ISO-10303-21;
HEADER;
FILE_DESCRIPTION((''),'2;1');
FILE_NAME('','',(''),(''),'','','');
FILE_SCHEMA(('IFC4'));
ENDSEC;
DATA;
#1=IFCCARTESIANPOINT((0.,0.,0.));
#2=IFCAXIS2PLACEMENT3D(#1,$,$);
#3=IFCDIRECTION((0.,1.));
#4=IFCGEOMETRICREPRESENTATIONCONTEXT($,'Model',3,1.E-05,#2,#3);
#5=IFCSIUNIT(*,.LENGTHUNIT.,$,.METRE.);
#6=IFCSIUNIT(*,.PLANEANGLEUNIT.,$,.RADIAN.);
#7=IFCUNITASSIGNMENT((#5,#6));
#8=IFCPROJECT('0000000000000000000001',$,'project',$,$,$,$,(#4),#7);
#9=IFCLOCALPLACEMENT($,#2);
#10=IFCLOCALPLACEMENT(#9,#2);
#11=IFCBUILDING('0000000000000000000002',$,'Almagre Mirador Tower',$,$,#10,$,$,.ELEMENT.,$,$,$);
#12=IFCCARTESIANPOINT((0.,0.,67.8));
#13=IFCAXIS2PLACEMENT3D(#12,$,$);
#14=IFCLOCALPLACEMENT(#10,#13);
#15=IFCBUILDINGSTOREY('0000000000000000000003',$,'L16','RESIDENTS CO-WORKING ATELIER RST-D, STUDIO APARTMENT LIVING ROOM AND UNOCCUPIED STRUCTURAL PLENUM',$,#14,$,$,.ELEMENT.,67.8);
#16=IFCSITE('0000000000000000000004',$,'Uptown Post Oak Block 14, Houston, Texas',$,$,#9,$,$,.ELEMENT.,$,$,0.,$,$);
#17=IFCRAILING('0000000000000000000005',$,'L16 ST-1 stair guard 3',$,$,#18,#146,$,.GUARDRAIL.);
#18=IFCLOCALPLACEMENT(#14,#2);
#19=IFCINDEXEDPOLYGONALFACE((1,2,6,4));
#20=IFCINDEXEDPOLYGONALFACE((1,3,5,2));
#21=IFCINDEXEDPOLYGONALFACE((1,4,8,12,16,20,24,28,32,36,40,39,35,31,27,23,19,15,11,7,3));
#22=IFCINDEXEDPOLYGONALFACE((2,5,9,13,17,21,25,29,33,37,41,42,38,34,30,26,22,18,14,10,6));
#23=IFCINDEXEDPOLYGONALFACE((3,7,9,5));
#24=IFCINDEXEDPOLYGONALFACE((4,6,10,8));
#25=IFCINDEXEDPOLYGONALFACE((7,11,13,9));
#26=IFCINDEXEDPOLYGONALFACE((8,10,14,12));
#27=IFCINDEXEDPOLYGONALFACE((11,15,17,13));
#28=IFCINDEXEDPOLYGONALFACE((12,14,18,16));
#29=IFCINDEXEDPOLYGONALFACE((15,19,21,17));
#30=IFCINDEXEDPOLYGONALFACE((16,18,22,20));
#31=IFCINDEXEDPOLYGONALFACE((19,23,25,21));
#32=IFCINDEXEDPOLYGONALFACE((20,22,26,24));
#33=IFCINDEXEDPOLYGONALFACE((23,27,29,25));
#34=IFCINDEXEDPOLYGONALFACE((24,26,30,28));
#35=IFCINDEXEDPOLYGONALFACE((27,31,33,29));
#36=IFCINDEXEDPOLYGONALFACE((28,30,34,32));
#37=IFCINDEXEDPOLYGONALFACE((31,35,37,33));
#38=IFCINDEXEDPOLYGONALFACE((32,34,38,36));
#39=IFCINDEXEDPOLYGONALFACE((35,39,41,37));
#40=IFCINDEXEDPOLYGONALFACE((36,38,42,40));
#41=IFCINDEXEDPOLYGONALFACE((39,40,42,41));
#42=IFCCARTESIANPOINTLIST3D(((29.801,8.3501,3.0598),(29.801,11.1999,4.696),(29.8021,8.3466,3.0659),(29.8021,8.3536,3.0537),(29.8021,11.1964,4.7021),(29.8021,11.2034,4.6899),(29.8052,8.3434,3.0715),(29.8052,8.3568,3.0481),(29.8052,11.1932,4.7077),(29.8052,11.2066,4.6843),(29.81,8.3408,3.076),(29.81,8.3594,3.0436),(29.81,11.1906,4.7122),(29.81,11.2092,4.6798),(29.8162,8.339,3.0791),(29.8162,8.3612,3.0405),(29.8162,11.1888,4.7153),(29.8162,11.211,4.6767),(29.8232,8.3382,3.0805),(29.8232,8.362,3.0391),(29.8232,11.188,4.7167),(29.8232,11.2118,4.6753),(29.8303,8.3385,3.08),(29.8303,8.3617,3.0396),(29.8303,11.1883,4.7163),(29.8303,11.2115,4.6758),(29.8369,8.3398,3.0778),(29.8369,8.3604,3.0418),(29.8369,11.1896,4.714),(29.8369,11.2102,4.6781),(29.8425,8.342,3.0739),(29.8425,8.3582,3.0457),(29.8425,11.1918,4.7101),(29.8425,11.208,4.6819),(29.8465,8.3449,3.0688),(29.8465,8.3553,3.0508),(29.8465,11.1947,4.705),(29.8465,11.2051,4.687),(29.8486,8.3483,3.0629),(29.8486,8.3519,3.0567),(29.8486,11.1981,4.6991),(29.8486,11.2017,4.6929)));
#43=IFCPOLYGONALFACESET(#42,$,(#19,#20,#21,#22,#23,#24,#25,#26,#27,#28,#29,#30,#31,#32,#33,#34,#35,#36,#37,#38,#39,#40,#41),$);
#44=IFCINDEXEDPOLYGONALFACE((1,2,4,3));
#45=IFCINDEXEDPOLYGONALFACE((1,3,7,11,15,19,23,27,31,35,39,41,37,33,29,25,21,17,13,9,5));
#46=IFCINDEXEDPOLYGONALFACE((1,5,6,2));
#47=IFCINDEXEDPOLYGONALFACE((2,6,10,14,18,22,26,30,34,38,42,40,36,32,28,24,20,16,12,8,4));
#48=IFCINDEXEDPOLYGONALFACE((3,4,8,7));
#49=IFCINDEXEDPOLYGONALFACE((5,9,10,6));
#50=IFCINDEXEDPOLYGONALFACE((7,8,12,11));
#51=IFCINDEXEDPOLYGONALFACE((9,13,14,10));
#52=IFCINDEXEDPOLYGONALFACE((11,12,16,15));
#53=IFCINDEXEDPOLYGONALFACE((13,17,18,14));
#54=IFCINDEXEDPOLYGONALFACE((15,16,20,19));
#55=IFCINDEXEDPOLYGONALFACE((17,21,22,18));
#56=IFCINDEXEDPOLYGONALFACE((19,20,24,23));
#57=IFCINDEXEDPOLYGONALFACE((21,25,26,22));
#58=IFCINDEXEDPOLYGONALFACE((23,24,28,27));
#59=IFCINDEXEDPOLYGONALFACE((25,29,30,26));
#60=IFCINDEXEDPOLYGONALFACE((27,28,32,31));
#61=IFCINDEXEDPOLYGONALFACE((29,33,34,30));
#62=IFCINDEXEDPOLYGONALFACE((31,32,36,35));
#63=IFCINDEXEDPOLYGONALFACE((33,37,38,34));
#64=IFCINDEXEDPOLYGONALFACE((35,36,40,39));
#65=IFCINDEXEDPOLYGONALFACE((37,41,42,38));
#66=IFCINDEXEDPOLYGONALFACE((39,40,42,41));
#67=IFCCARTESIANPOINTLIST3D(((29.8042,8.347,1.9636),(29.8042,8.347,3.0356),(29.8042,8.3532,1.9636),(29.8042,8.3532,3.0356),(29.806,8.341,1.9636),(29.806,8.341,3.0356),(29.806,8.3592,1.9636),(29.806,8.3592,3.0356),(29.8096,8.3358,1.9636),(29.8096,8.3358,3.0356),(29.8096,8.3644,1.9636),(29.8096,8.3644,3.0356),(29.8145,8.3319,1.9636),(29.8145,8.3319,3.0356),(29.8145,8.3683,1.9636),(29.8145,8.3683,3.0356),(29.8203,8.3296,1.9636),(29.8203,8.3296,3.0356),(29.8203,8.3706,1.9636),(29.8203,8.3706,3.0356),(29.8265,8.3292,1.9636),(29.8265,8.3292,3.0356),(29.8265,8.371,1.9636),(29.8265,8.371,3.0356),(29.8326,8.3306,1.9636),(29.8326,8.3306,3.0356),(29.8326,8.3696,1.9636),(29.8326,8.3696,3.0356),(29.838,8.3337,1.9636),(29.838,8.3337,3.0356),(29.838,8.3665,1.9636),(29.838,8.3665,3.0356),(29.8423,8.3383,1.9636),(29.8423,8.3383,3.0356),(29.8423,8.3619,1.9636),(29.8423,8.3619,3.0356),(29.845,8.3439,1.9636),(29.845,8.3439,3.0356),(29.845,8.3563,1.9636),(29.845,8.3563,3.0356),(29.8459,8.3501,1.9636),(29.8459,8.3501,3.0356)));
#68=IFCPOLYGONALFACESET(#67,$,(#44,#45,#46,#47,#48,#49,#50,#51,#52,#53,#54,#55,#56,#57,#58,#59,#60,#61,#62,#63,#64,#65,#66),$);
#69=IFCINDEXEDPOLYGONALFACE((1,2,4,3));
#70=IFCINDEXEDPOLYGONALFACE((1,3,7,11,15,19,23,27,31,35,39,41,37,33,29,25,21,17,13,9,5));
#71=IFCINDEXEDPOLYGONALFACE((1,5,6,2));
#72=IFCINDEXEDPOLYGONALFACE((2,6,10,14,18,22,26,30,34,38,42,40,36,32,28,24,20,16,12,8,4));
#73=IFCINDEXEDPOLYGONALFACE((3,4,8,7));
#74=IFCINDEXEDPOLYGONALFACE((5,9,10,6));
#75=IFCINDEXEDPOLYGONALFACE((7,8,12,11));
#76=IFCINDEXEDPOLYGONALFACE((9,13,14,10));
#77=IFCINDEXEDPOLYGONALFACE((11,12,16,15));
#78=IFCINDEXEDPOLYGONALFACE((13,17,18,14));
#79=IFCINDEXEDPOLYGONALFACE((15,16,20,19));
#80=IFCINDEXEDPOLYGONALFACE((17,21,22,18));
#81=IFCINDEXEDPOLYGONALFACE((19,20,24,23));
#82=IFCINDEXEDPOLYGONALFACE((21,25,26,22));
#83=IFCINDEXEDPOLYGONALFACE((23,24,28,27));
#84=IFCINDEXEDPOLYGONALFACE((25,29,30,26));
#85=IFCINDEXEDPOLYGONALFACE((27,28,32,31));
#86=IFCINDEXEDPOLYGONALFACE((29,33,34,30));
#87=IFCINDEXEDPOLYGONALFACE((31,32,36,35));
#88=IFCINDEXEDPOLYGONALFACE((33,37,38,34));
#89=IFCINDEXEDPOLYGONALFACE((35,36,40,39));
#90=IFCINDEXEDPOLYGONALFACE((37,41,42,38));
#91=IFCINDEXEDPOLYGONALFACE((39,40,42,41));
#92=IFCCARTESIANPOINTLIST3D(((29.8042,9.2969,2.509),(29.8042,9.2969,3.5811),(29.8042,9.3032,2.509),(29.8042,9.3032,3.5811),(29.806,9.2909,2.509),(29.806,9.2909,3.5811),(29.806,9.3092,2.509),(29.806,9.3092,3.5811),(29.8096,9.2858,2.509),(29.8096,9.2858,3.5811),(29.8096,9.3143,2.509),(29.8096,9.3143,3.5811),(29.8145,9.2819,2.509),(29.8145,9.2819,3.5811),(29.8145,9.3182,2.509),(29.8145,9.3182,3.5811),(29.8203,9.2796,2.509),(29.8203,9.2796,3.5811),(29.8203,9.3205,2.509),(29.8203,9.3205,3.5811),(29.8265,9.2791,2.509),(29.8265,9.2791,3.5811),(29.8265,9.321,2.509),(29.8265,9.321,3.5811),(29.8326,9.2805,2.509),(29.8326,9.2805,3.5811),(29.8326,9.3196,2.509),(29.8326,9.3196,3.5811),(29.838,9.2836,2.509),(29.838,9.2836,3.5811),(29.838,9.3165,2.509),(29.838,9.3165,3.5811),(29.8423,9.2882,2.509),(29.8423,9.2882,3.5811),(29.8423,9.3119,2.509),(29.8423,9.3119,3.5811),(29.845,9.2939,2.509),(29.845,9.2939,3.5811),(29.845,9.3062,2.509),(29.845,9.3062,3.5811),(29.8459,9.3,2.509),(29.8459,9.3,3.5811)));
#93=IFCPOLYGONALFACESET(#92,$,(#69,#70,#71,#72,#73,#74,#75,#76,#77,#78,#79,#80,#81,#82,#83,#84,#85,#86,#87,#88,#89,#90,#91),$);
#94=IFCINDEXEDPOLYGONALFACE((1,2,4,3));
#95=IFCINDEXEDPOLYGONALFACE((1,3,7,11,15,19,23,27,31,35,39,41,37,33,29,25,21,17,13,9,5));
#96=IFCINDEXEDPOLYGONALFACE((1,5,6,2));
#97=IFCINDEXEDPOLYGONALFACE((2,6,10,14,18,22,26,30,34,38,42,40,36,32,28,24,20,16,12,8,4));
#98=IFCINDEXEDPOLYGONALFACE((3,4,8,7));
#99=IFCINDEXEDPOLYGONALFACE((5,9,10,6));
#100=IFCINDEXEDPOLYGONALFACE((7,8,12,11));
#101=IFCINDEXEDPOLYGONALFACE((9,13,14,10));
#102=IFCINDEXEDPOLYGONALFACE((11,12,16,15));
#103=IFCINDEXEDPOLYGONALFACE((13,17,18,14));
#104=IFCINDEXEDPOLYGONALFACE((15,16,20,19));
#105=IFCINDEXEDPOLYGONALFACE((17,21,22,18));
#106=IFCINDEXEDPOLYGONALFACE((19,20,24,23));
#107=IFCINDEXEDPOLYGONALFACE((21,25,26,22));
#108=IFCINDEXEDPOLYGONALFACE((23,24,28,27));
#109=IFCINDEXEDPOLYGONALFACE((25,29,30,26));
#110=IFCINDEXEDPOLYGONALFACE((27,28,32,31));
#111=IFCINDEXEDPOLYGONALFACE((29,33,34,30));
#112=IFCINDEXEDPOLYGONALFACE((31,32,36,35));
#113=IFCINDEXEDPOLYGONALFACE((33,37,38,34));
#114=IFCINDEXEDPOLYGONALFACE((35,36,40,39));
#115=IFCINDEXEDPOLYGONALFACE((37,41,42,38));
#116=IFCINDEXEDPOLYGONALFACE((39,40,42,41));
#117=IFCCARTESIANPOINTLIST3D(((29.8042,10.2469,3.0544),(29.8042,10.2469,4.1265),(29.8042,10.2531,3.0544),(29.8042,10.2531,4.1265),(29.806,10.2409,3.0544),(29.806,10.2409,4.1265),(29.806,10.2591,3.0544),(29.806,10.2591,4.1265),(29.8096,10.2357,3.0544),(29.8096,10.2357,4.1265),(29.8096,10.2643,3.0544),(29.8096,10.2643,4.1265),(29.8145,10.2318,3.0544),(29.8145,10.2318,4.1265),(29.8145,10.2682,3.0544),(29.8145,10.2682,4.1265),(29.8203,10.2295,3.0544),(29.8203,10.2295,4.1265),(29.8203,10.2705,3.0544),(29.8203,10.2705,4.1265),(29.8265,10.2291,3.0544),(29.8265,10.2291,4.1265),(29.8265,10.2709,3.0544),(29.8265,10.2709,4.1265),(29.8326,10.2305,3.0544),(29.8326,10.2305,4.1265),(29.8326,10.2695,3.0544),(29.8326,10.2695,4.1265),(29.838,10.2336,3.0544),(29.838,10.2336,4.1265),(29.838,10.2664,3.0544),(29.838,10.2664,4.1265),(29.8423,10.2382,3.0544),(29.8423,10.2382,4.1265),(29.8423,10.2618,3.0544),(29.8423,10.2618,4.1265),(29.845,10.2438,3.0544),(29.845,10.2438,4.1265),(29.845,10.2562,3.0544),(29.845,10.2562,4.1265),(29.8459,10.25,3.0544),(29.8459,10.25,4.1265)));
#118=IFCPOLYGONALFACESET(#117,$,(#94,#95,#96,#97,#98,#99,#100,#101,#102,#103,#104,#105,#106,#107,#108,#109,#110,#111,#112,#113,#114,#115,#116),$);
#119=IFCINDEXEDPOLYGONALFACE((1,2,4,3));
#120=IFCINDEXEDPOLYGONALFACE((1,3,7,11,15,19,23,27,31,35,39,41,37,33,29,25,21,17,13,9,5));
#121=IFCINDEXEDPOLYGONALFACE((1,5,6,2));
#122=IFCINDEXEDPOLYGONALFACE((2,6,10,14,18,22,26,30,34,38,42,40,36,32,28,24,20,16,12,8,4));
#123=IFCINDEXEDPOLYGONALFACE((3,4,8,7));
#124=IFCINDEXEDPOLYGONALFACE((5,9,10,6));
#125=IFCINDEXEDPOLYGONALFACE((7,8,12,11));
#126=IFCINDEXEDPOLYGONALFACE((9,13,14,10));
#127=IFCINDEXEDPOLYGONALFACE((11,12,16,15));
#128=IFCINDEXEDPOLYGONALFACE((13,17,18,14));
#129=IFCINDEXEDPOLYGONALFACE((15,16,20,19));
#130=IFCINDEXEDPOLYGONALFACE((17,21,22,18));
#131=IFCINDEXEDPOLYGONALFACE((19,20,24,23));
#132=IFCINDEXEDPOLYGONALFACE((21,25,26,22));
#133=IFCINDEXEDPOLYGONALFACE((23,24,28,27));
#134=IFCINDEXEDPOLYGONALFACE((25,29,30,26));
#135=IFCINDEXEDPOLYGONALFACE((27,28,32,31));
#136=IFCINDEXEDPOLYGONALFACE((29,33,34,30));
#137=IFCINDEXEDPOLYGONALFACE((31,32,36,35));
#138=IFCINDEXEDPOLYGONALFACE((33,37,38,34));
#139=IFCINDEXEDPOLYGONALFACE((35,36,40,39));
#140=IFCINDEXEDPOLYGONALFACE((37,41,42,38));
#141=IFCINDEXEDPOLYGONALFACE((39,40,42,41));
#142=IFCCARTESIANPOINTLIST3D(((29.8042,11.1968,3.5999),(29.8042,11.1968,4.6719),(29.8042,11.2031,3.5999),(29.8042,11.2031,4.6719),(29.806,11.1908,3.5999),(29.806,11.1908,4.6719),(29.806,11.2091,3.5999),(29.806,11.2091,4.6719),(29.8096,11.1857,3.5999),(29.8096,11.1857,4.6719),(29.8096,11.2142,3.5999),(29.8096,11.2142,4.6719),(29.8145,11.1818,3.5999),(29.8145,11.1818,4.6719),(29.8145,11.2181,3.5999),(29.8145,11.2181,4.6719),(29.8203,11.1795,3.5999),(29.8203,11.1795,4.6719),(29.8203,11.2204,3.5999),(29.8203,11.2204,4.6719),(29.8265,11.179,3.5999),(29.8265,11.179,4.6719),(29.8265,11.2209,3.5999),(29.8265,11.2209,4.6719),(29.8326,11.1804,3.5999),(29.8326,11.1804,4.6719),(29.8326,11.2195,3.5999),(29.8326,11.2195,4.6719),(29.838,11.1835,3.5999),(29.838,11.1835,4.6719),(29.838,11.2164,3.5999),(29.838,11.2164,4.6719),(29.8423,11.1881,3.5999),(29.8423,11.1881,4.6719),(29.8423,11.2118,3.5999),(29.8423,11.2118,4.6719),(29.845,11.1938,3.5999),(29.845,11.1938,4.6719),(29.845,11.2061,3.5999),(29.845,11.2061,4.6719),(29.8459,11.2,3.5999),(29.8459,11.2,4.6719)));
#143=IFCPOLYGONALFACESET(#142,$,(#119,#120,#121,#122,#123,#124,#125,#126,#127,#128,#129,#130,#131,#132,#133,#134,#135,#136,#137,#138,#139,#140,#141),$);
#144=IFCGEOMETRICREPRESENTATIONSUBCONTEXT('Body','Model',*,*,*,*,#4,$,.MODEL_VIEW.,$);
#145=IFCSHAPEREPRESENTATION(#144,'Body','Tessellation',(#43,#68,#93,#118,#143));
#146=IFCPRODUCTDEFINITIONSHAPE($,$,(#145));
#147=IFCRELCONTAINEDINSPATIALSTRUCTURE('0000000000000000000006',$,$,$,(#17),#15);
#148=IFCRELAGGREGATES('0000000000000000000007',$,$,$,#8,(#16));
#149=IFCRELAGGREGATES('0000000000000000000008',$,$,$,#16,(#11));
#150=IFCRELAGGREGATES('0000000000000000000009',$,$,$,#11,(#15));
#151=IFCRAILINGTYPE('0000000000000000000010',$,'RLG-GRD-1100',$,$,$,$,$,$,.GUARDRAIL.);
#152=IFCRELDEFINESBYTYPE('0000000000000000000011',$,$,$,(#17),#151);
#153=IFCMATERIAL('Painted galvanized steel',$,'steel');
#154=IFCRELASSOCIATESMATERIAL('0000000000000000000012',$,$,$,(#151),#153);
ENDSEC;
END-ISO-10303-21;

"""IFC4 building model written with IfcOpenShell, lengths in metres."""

from ifc_helpers import new_model, si_unit, direction, frame, origin, origin_2d, place, context, subcontext, project, spatial, circle, extrude, material, type_object, element, save


model = new_model("IFC4")

# Units and contexts
model_context = context("Model", 3, precision=1e-05, world=origin(), true_north=direction((0.0, 1.0)))
body_context = subcontext(model_context, "Body", "Model", "MODEL_VIEW")
ifc_project = project(units=[si_unit("LENGTHUNIT", "METRE"), si_unit("PLANEANGLEUNIT", "RADIAN")], contexts=[model_context])

# Site, building, storey
site_placement = place(None, origin())
site = spatial("IfcSite", under=ifc_project, at=site_placement, Name="Uptown Post Oak Block 14, Houston, Texas", CompositionType="ELEMENT", RefElevation=0.0)
building_placement = place(site_placement, origin())
building = spatial("IfcBuilding", under=site, at=building_placement, Name="Almagre Mirador Tower", CompositionType="ELEMENT")
storey_placement = place(building_placement, frame((0.0, 0.0, 67.8)))
storey = spatial("IfcBuildingStorey", under=building, at=storey_placement, Name="L16", Description="RESIDENTS CO-WORKING ATELIER RST-D, STUDIO APARTMENT LIVING ROOM AND UNOCCUPIED STRUCTURAL PLENUM", CompositionType="ELEMENT", Elevation=67.8)

# Railing
ifc_material_1 = material(Name="Painted galvanized steel", Category="steel")
railing_type_1 = type_object("IfcRailingType", Name="RLG-GRD-1100", PredefinedType="GUARDRAIL", material=ifc_material_1)
railing_1_placement = place(storey_placement, frame((29.825, 8.3501, 1.9636)))
element("IfcRailing", 1, at=railing_1_placement, inside=storey, type_object=railing_type_1, Name="L16 ST-1 stair guard 3", PredefinedType="GUARDRAIL", context=body_context, shape_type="SweptSolid", body=[
    extrude(circle(Radius=0.0239, at=origin_2d()), frame((0.0, 0.0, 1.0962), z_axis=(0.0, 0.867226, 0.497914), x_axis=(-1.0, 0.0, 0.0)), (0.0, 0.0, 1.0), 3.2861),
    extrude(circle(Radius=0.021, at=origin_2d()), origin(), (0.0, 0.0, 1.0), 1.072),
    extrude(circle(Radius=0.021, at=origin_2d()), frame((0.0, 0.95, 0.5454)), (0.0, 0.0, 1.0), 1.072),
    extrude(circle(Radius=0.021, at=origin_2d()), frame((0.0, 1.8999, 1.0908)), (0.0, 0.0, 1.0), 1.072),
    extrude(circle(Radius=0.021, at=origin_2d()), frame((0.0, 2.8499, 1.6362)), (0.0, 0.0, 1.0), 1.072),
])

save(model, "model.ifc")
